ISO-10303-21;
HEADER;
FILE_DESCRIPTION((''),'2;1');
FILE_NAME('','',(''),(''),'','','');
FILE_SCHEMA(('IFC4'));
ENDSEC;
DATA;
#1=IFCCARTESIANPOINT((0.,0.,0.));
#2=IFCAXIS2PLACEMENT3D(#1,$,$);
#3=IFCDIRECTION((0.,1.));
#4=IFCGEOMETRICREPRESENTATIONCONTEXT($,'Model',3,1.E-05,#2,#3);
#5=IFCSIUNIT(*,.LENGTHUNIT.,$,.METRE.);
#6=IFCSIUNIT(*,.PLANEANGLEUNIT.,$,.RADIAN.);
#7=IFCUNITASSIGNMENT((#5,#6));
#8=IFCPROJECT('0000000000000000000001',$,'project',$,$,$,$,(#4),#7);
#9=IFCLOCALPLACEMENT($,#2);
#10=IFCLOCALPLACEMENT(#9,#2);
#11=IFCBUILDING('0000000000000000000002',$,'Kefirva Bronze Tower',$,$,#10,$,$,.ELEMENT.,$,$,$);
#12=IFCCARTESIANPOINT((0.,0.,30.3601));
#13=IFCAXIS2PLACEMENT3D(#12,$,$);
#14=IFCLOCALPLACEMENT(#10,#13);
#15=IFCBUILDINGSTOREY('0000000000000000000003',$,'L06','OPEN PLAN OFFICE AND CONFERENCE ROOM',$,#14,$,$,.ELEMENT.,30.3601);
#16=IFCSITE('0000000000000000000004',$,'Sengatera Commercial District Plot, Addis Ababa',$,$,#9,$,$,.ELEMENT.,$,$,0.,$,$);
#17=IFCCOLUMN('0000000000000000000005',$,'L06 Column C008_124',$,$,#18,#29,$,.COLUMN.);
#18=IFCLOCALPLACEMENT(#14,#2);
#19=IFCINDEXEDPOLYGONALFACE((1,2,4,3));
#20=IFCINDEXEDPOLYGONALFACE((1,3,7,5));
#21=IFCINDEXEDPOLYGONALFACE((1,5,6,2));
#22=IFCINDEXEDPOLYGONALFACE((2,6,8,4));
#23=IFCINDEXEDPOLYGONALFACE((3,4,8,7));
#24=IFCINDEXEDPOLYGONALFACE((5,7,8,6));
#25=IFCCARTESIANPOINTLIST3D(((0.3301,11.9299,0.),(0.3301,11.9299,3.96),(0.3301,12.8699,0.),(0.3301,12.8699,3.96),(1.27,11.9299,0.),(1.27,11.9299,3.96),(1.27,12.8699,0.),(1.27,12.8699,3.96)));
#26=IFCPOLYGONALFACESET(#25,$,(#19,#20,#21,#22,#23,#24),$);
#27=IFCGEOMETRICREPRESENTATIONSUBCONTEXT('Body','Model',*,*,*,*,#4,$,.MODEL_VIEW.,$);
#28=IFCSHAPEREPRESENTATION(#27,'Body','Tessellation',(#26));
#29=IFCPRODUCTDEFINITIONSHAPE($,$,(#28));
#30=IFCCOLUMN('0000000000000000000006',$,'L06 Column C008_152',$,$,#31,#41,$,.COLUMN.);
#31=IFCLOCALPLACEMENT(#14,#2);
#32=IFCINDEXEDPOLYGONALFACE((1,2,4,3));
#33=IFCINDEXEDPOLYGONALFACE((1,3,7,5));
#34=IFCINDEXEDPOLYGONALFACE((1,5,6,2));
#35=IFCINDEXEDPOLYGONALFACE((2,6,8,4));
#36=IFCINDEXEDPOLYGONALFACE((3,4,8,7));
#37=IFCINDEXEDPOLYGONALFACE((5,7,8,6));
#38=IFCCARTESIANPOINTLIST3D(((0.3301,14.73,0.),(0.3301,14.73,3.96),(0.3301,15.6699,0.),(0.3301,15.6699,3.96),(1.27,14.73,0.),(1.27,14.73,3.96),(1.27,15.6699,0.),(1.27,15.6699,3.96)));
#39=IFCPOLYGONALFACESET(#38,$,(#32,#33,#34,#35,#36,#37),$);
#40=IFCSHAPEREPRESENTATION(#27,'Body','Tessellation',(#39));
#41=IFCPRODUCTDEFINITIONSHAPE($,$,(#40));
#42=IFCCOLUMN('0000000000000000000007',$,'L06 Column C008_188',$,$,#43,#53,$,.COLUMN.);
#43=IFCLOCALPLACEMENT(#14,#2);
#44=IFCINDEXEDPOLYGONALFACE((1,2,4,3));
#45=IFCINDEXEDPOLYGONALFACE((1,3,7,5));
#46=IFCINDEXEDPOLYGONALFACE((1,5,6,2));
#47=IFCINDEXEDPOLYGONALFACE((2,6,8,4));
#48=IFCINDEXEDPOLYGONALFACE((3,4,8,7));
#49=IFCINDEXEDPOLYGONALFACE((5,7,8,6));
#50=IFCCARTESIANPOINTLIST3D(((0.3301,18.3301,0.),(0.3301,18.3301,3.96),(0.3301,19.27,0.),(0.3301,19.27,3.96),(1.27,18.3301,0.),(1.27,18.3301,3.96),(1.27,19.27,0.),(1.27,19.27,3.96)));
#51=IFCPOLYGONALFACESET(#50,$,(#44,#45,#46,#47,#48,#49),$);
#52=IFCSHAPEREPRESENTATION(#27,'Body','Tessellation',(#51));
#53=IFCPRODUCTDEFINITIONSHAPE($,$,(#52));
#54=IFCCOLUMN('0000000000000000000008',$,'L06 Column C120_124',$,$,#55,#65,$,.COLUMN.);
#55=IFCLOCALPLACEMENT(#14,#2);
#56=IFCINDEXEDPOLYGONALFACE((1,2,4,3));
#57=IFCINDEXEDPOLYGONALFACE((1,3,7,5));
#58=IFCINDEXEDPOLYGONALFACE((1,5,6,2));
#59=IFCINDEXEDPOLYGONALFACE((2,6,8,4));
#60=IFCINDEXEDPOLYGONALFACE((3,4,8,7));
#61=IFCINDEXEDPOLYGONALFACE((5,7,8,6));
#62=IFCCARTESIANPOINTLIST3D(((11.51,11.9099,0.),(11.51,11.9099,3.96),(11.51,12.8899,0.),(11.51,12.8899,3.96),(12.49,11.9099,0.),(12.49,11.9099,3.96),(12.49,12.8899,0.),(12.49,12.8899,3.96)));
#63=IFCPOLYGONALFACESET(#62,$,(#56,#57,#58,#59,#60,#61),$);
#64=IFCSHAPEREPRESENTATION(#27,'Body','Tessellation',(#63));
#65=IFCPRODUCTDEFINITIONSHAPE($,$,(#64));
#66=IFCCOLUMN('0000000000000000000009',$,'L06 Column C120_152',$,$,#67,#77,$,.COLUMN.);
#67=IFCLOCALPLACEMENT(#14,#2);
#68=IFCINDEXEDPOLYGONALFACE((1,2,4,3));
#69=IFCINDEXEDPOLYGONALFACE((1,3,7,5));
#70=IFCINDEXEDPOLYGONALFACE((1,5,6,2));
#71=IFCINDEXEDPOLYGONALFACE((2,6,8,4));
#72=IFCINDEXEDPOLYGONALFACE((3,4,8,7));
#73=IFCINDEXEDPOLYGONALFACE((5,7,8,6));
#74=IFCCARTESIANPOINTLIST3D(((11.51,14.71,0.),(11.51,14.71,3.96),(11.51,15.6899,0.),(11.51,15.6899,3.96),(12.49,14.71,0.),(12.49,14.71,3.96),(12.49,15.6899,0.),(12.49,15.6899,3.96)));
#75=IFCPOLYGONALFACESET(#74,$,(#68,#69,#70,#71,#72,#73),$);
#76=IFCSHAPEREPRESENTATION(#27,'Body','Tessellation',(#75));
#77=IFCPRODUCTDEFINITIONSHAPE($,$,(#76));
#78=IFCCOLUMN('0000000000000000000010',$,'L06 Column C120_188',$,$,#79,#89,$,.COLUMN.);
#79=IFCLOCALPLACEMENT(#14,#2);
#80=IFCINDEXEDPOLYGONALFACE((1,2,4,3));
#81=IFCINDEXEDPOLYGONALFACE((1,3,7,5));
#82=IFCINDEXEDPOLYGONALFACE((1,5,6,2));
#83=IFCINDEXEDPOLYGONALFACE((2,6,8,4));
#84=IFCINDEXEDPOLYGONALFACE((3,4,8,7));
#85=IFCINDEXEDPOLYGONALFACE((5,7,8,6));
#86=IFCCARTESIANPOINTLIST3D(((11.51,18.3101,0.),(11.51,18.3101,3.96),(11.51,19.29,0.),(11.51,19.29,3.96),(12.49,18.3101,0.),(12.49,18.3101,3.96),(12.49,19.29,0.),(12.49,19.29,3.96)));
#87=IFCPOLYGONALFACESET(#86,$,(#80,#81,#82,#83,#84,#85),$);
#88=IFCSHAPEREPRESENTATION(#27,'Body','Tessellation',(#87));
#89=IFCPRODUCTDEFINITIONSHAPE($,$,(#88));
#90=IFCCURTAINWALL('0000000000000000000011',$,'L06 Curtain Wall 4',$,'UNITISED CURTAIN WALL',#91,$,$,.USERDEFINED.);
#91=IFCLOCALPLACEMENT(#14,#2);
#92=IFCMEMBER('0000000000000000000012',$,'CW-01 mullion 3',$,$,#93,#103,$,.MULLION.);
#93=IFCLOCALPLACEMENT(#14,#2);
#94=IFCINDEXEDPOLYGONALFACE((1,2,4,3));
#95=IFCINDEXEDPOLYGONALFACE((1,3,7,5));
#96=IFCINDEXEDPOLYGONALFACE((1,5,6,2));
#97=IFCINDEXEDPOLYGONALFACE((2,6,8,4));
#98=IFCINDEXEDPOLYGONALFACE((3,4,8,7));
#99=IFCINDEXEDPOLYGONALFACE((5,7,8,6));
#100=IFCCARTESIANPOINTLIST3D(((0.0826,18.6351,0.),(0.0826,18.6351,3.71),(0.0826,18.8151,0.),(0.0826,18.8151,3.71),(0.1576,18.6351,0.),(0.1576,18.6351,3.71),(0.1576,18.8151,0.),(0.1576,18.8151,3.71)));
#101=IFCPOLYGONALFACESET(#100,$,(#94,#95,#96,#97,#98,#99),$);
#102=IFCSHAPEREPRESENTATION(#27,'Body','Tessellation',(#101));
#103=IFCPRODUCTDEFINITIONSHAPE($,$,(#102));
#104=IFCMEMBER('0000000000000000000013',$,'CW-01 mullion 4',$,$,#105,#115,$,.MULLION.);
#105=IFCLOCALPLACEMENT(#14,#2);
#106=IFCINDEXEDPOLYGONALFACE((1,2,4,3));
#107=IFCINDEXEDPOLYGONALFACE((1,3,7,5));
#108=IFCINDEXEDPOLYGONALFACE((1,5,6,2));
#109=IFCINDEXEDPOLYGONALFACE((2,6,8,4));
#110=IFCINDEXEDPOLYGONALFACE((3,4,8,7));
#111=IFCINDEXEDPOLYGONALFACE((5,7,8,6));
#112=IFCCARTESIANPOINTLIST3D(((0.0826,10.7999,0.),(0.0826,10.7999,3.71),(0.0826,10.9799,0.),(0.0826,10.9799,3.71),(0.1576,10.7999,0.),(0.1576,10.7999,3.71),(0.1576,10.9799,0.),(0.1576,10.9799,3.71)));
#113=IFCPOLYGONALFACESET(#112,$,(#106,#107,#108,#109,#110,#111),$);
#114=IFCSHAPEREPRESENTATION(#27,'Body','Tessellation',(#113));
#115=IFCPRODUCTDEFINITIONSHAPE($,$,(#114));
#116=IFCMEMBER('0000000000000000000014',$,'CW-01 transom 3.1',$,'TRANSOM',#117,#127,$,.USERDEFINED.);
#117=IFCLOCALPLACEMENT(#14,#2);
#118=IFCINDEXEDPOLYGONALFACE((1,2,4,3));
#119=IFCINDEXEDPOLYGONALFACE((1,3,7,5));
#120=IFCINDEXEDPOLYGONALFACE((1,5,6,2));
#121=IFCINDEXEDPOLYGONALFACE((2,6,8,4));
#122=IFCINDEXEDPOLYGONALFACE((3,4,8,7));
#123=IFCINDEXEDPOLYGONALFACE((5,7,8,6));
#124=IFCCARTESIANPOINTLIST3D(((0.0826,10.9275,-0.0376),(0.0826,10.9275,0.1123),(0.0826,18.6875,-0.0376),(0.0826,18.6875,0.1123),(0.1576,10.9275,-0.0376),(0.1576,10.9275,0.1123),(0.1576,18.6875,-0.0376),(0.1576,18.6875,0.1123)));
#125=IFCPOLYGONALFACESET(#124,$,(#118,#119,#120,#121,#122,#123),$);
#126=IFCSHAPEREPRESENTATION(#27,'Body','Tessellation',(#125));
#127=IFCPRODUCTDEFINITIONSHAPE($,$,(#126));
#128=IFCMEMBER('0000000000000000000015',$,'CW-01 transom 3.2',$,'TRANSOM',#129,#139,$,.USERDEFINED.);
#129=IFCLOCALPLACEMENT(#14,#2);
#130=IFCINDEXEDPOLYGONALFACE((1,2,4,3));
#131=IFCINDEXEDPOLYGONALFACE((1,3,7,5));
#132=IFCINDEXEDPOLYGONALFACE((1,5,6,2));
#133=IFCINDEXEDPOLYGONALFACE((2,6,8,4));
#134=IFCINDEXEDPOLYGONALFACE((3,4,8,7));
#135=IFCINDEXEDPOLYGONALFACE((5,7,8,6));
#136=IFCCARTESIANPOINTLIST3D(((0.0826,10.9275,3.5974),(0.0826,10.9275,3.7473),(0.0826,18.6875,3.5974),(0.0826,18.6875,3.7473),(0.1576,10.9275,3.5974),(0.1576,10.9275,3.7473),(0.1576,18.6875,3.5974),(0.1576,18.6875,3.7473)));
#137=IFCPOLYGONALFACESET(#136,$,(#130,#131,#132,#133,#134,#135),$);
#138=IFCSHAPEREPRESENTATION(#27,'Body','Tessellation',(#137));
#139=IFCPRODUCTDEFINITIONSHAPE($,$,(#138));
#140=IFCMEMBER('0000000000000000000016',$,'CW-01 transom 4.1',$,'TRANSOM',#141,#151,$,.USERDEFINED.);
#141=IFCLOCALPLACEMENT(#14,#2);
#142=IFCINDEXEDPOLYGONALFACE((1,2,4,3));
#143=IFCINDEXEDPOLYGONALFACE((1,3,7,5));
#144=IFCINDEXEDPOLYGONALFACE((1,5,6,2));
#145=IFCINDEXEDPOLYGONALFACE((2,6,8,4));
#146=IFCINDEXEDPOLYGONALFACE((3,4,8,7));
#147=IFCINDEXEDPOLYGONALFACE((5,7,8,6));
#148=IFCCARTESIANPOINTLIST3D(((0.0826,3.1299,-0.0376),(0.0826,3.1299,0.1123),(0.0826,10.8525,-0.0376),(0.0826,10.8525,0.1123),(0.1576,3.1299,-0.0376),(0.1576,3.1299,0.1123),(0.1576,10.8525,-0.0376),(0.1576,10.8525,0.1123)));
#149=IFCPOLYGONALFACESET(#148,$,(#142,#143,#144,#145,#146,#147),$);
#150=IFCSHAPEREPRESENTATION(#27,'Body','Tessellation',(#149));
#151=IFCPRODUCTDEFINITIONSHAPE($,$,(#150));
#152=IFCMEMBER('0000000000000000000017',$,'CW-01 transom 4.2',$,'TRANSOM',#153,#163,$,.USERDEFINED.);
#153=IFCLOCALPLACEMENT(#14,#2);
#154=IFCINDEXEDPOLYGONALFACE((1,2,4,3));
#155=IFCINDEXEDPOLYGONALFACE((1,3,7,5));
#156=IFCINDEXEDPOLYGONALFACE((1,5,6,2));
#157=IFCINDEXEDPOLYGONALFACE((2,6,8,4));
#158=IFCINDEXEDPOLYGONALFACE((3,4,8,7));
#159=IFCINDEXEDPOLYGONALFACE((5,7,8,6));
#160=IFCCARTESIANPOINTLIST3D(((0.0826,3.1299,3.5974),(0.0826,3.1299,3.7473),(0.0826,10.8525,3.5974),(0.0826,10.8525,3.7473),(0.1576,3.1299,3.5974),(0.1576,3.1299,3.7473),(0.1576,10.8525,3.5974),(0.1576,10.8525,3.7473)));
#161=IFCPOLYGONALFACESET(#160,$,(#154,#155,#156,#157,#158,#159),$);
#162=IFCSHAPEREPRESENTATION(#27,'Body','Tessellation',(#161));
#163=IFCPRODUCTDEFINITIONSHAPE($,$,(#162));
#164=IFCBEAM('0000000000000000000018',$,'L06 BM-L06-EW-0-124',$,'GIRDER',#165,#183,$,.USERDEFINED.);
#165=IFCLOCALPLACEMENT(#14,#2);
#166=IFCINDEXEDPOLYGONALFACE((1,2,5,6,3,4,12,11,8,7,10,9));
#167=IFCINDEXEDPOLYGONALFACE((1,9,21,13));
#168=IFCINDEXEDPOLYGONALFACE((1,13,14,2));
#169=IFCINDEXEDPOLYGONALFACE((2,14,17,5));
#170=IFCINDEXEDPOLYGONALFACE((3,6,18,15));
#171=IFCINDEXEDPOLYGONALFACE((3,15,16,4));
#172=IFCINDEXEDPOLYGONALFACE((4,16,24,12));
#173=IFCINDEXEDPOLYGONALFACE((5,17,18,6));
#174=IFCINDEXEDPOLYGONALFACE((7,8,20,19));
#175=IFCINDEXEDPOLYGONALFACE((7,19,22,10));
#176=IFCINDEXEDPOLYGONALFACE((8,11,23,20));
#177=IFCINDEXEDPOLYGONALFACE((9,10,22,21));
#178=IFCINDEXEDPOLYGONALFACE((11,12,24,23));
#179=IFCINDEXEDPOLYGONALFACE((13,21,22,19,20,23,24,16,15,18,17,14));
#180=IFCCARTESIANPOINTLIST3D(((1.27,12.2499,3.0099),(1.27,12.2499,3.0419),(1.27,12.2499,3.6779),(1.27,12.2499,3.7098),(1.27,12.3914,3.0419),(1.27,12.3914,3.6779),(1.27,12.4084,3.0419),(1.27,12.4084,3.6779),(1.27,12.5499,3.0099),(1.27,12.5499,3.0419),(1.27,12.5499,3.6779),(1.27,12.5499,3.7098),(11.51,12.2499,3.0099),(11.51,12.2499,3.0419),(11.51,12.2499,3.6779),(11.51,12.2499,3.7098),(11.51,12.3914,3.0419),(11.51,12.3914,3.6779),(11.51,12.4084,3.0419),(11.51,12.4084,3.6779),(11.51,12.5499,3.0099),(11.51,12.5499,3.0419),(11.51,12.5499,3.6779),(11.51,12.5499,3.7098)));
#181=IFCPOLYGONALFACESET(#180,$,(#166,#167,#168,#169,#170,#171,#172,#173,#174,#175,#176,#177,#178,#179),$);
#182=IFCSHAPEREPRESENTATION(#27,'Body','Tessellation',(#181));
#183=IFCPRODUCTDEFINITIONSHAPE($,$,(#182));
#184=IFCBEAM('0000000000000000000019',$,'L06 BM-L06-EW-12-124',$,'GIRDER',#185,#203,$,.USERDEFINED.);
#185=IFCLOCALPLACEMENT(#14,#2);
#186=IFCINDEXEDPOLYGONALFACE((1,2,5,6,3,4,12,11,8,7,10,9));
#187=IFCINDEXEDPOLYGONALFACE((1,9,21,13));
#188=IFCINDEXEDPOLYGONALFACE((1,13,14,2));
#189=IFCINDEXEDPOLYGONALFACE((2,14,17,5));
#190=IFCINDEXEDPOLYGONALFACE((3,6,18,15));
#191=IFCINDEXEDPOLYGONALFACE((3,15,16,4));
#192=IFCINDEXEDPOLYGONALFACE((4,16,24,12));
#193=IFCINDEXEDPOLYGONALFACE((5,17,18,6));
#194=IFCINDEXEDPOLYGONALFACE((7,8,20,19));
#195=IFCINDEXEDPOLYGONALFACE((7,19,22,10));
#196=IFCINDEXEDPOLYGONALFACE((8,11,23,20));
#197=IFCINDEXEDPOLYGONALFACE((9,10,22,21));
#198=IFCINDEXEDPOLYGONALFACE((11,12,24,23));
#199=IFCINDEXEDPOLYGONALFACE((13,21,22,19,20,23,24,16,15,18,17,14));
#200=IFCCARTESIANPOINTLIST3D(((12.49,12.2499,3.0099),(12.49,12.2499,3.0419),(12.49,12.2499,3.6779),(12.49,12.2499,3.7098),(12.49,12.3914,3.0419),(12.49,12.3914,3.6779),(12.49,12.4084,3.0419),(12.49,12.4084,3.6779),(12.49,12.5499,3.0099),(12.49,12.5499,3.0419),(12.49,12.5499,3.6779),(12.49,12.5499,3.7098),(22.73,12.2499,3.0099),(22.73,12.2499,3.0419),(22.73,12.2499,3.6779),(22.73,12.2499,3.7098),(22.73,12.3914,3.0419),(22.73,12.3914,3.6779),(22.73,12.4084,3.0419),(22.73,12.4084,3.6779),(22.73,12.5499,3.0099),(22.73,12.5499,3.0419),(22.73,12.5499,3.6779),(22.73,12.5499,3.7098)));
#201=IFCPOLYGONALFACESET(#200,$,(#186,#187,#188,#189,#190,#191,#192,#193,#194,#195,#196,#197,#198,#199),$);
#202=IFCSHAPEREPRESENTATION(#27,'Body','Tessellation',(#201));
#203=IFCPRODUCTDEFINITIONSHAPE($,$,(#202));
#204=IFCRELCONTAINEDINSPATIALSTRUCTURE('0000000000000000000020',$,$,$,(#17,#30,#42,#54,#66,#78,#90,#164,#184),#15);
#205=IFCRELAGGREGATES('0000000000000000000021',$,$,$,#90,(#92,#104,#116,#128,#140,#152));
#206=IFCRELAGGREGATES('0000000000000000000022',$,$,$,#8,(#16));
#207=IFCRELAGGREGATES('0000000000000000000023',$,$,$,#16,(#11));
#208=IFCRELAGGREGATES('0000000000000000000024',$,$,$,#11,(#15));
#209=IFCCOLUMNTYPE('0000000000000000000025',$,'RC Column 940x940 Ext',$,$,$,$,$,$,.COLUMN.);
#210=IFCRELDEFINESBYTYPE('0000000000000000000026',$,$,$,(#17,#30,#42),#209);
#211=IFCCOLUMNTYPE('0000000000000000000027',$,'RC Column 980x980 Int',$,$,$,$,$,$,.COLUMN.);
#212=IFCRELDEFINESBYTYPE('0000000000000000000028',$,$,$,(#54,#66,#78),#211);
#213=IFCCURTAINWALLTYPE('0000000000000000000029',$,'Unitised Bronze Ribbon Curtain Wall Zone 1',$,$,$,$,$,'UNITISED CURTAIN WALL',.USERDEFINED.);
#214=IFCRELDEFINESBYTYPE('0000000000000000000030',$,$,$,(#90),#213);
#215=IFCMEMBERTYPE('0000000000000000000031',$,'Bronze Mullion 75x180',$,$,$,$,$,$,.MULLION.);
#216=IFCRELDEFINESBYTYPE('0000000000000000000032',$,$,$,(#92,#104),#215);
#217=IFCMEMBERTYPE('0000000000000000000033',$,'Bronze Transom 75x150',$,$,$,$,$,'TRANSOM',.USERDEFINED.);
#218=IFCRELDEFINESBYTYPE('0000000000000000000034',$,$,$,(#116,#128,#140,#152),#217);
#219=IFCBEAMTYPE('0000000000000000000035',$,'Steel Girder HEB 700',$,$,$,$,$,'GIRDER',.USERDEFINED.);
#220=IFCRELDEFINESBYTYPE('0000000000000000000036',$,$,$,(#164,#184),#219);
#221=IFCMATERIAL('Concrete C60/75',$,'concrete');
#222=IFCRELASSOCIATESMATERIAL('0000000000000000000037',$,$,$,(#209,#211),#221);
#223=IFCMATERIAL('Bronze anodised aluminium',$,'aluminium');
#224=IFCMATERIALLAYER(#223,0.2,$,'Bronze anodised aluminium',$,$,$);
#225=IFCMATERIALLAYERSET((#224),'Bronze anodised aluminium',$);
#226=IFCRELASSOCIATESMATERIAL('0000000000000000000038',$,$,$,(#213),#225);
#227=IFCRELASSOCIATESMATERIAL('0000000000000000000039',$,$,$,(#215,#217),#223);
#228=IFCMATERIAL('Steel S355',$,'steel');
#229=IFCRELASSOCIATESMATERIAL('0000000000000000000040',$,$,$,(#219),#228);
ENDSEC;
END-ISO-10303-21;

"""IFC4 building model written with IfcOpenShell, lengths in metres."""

from ifc_helpers import new_model, si_unit, direction, frame, origin, origin_2d, place, context, subcontext, project, spatial, rectangle, i_section, extrude, material, layer, layer_set, material_profile, profile_set, type_object, element, aggregate, save


model = new_model("IFC4")

# Units and contexts
model_context = context("Model", 3, precision=1e-05, world=origin(), true_north=direction((0.0, 1.0)))
body_context = subcontext(model_context, "Body", "Model", "MODEL_VIEW")
ifc_project = project(units=[si_unit("LENGTHUNIT", "METRE"), si_unit("PLANEANGLEUNIT", "RADIAN")], contexts=[model_context])

# Site, building, storey
site_placement = place(None, origin())
site = spatial("IfcSite", under=ifc_project, at=site_placement, Name="Sengatera Commercial District Plot, Addis Ababa", CompositionType="ELEMENT", RefElevation=0.0)
building_placement = place(site_placement, origin())
building = spatial("IfcBuilding", under=site, at=building_placement, Name="Kefirva Bronze Tower", CompositionType="ELEMENT")
storey_placement = place(building_placement, frame((0.0, 0.0, 30.3601)))
storey = spatial("IfcBuildingStorey", under=building, at=storey_placement, Name="L06", Description="OPEN PLAN OFFICE AND CONFERENCE ROOM", CompositionType="ELEMENT", Elevation=30.3601)

# Columns
ifc_material_1 = material(Name="Concrete C60/75", Category="concrete")
ifc_material_profile_1 = material_profile(ifc_material_1, rectangle(XDim=0.9399, YDim=0.9399, at=origin_2d()), Name="RC 940x940")
ifc_profile_set_1 = profile_set([ifc_material_profile_1], Name="Concrete C60/75")
column_type_1 = type_object("IfcColumnType", Name="RC Column 940x940 Ext", PredefinedType="COLUMN", material=ifc_profile_set_1)
for number, where, z_axis, x_axis, name in (
    (1, (0.8, 12.3999, 0.0), (0.0, 0.0, 1.0), (1.0, 0.0, 0.0), "L06 Column C008_124"),
    (2, (0.8, 15.2, 0.0), (0.0, 0.0, 1.0), (1.0, 0.0, 0.0), "L06 Column C008_152"),
    (3, (0.8, 18.8, 0.0), (0.0, 0.0, 1.0), (1.0, 0.0, 0.0), "L06 Column C008_188"),
):
    element("IfcColumn", number, at=place(storey_placement, frame(where, z_axis=z_axis, x_axis=x_axis)), inside=storey, type_object=column_type_1, Name=name, PredefinedType="COLUMN", context=body_context, shape_type="SweptSolid", body=[
        extrude(rectangle(XDim=0.9399, YDim=0.9399, at=origin_2d()), origin(), (0.0, 0.0, 1.0), 3.96),
    ])
ifc_material_profile_2 = material_profile(ifc_material_1, rectangle(XDim=0.98, YDim=0.98, at=origin_2d()), Name="RC 980x980")
ifc_profile_set_2 = profile_set([ifc_material_profile_2], Name="Concrete C60/75")
column_type_2 = type_object("IfcColumnType", Name="RC Column 980x980 Int", PredefinedType="COLUMN", material=ifc_profile_set_2)
for number, where, z_axis, x_axis, name in (
    (4, (12.0, 12.3999, 0.0), (0.0, 0.0, 1.0), (1.0, 0.0, 0.0), "L06 Column C120_124"),
    (5, (12.0, 15.2, 0.0), (0.0, 0.0, 1.0), (1.0, 0.0, 0.0), "L06 Column C120_152"),
    (6, (12.0, 18.8, 0.0), (0.0, 0.0, 1.0), (1.0, 0.0, 0.0), "L06 Column C120_188"),
):
    element("IfcColumn", number, at=place(storey_placement, frame(where, z_axis=z_axis, x_axis=x_axis)), inside=storey, type_object=column_type_2, Name=name, PredefinedType="COLUMN", context=body_context, shape_type="SweptSolid", body=[
        extrude(rectangle(XDim=0.98, YDim=0.98, at=origin_2d()), origin(), (0.0, 0.0, 1.0), 3.96),
    ])

# Curtain wall, members
ifc_material_2 = material(Name="Bronze anodised aluminium", Category="aluminium")
ifc_layer_1 = layer(ifc_material_2, 0.2, Name="Bronze anodised aluminium")
ifc_layer_set_1 = layer_set([ifc_layer_1], Name="Bronze anodised aluminium")
curtain_wall_type = type_object("IfcCurtainWallType", Name="Unitised Bronze Ribbon Curtain Wall Zone 1", ElementType="UNITISED CURTAIN WALL", PredefinedType="USERDEFINED", material=ifc_layer_set_1)
curtain_wall_placement = place(storey_placement, origin())
curtain_wall = element("IfcCurtainWall", 7, at=curtain_wall_placement, inside=storey, type_object=curtain_wall_type, Name="L06 Curtain Wall 4", ObjectType="UNITISED CURTAIN WALL", PredefinedType="USERDEFINED")
ifc_material_profile_3 = material_profile(ifc_material_2, rectangle(XDim=0.075, YDim=0.1799, at=origin_2d()), Name="ALU 75x180")
ifc_profile_set_3 = profile_set([ifc_material_profile_3], Name="Bronze anodised aluminium")
member_type_1 = type_object("IfcMemberType", Name="Bronze Mullion 75x180", PredefinedType="MULLION", material=ifc_profile_set_3)
member_1_placement = place(storey_placement, frame((0.1201, 18.7251, 0.0), z_axis=(0.0, 0.0, 1.0), x_axis=(1.0, 0.0, 0.0)))
member_1 = element("IfcMember", 8, at=member_1_placement, type_object=member_type_1, Name="CW-01 mullion 3", PredefinedType="MULLION", context=body_context, shape_type="SweptSolid", body=[
    extrude(rectangle(XDim=0.075, YDim=0.1799, at=origin_2d()), origin(), (0.0, 0.0, 1.0), 3.71),
])
member_2_placement = place(storey_placement, frame((0.1201, 10.8899, 0.0), z_axis=(0.0, 0.0, 1.0), x_axis=(1.0, 0.0, 0.0)))
member_2 = element("IfcMember", 9, at=member_2_placement, type_object=member_type_1, Name="CW-01 mullion 4", PredefinedType="MULLION", context=body_context, shape_type="SweptSolid", body=[
    extrude(rectangle(XDim=0.075, YDim=0.1799, at=origin_2d()), origin(), (0.0, 0.0, 1.0), 3.71),
])
ifc_material_profile_4 = material_profile(ifc_material_2, rectangle(XDim=0.075, YDim=0.1499, at=origin_2d()), Name="ALU 75x150")
ifc_profile_set_4 = profile_set([ifc_material_profile_4], Name="Bronze anodised aluminium")
member_type_2 = type_object("IfcMemberType", Name="Bronze Transom 75x150", ElementType="TRANSOM", PredefinedType="USERDEFINED", material=ifc_profile_set_4)
member_3_placement = place(storey_placement, frame((0.1201, 18.6875, 0.0374), z_axis=(0.0, -1.0, 0.0), x_axis=(1.0, 0.0, 0.0)))
member_3 = element("IfcMember", 10, at=member_3_placement, type_object=member_type_2, Name="CW-01 transom 3.1", ObjectType="TRANSOM", PredefinedType="USERDEFINED", context=body_context, shape_type="SweptSolid", body=[
    extrude(rectangle(XDim=0.075, YDim=0.1499, at=origin_2d()), origin(), (0.0, 0.0, 1.0), 7.76),
])
member_4_placement = place(storey_placement, frame((0.1201, 18.6875, 3.6724), z_axis=(0.0, -1.0, 0.0), x_axis=(1.0, 0.0, 0.0)))
member_4 = element("IfcMember", 11, at=member_4_placement, type_object=member_type_2, Name="CW-01 transom 3.2", ObjectType="TRANSOM", PredefinedType="USERDEFINED", context=body_context, shape_type="SweptSolid", body=[
    extrude(rectangle(XDim=0.075, YDim=0.1499, at=origin_2d()), origin(), (0.0, 0.0, 1.0), 7.76),
])
member_5_placement = place(storey_placement, frame((0.1201, 10.8525, 0.0374), z_axis=(0.0, -1.0, 0.0), x_axis=(1.0, 0.0, 0.0)))
member_5 = element("IfcMember", 12, at=member_5_placement, type_object=member_type_2, Name="CW-01 transom 4.1", ObjectType="TRANSOM", PredefinedType="USERDEFINED", context=body_context, shape_type="SweptSolid", body=[
    extrude(rectangle(XDim=0.075, YDim=0.1499, at=origin_2d()), origin(), (0.0, 0.0, 1.0), 7.7227),
])
member_6_placement = place(storey_placement, frame((0.1201, 10.8525, 3.6724), z_axis=(0.0, -1.0, 0.0), x_axis=(1.0, 0.0, 0.0)))
member_6 = element("IfcMember", 13, at=member_6_placement, type_object=member_type_2, Name="CW-01 transom 4.2", ObjectType="TRANSOM", PredefinedType="USERDEFINED", context=body_context, shape_type="SweptSolid", body=[
    extrude(rectangle(XDim=0.075, YDim=0.1499, at=origin_2d()), origin(), (0.0, 0.0, 1.0), 7.7227),
])

# Beams
ifc_material_3 = material(Name="Steel S355", Category="steel")
ifc_material_profile_5 = material_profile(ifc_material_3, i_section(OverallWidth=0.3, OverallDepth=0.7, WebThickness=0.0171, FlangeThickness=0.032, at=origin_2d()), Name="HEB 700")
ifc_profile_set_5 = profile_set([ifc_material_profile_5], Name="Steel S355")
beam_type_1 = type_object("IfcBeamType", Name="Steel Girder HEB 700", ElementType="GIRDER", PredefinedType="USERDEFINED", material=ifc_profile_set_5)
for number, where, z_axis, x_axis, name in (
    (14, (1.27, 12.3999, 3.3599), (1.0, 0.0, 0.0), (0.0, 1.0, 0.0), "L06 BM-L06-EW-0-124"),
    (15, (12.49, 12.3999, 3.3599), (1.0, 0.0, 0.0), (0.0, 1.0, 0.0), "L06 BM-L06-EW-12-124"),
):
    element("IfcBeam", number, at=place(storey_placement, frame(where, z_axis=z_axis, x_axis=x_axis)), inside=storey, type_object=beam_type_1, Name=name, ObjectType="GIRDER", PredefinedType="USERDEFINED", context=body_context, shape_type="SweptSolid", body=[
        extrude(i_section(OverallWidth=0.3, OverallDepth=0.7, WebThickness=0.0171, FlangeThickness=0.032, at=origin_2d()), origin(), (0.0, 0.0, 1.0), 10.24),
    ])

aggregate(curtain_wall, [member_1, member_2, member_3, member_4, member_5, member_6])

save(model, "model.ifc")
